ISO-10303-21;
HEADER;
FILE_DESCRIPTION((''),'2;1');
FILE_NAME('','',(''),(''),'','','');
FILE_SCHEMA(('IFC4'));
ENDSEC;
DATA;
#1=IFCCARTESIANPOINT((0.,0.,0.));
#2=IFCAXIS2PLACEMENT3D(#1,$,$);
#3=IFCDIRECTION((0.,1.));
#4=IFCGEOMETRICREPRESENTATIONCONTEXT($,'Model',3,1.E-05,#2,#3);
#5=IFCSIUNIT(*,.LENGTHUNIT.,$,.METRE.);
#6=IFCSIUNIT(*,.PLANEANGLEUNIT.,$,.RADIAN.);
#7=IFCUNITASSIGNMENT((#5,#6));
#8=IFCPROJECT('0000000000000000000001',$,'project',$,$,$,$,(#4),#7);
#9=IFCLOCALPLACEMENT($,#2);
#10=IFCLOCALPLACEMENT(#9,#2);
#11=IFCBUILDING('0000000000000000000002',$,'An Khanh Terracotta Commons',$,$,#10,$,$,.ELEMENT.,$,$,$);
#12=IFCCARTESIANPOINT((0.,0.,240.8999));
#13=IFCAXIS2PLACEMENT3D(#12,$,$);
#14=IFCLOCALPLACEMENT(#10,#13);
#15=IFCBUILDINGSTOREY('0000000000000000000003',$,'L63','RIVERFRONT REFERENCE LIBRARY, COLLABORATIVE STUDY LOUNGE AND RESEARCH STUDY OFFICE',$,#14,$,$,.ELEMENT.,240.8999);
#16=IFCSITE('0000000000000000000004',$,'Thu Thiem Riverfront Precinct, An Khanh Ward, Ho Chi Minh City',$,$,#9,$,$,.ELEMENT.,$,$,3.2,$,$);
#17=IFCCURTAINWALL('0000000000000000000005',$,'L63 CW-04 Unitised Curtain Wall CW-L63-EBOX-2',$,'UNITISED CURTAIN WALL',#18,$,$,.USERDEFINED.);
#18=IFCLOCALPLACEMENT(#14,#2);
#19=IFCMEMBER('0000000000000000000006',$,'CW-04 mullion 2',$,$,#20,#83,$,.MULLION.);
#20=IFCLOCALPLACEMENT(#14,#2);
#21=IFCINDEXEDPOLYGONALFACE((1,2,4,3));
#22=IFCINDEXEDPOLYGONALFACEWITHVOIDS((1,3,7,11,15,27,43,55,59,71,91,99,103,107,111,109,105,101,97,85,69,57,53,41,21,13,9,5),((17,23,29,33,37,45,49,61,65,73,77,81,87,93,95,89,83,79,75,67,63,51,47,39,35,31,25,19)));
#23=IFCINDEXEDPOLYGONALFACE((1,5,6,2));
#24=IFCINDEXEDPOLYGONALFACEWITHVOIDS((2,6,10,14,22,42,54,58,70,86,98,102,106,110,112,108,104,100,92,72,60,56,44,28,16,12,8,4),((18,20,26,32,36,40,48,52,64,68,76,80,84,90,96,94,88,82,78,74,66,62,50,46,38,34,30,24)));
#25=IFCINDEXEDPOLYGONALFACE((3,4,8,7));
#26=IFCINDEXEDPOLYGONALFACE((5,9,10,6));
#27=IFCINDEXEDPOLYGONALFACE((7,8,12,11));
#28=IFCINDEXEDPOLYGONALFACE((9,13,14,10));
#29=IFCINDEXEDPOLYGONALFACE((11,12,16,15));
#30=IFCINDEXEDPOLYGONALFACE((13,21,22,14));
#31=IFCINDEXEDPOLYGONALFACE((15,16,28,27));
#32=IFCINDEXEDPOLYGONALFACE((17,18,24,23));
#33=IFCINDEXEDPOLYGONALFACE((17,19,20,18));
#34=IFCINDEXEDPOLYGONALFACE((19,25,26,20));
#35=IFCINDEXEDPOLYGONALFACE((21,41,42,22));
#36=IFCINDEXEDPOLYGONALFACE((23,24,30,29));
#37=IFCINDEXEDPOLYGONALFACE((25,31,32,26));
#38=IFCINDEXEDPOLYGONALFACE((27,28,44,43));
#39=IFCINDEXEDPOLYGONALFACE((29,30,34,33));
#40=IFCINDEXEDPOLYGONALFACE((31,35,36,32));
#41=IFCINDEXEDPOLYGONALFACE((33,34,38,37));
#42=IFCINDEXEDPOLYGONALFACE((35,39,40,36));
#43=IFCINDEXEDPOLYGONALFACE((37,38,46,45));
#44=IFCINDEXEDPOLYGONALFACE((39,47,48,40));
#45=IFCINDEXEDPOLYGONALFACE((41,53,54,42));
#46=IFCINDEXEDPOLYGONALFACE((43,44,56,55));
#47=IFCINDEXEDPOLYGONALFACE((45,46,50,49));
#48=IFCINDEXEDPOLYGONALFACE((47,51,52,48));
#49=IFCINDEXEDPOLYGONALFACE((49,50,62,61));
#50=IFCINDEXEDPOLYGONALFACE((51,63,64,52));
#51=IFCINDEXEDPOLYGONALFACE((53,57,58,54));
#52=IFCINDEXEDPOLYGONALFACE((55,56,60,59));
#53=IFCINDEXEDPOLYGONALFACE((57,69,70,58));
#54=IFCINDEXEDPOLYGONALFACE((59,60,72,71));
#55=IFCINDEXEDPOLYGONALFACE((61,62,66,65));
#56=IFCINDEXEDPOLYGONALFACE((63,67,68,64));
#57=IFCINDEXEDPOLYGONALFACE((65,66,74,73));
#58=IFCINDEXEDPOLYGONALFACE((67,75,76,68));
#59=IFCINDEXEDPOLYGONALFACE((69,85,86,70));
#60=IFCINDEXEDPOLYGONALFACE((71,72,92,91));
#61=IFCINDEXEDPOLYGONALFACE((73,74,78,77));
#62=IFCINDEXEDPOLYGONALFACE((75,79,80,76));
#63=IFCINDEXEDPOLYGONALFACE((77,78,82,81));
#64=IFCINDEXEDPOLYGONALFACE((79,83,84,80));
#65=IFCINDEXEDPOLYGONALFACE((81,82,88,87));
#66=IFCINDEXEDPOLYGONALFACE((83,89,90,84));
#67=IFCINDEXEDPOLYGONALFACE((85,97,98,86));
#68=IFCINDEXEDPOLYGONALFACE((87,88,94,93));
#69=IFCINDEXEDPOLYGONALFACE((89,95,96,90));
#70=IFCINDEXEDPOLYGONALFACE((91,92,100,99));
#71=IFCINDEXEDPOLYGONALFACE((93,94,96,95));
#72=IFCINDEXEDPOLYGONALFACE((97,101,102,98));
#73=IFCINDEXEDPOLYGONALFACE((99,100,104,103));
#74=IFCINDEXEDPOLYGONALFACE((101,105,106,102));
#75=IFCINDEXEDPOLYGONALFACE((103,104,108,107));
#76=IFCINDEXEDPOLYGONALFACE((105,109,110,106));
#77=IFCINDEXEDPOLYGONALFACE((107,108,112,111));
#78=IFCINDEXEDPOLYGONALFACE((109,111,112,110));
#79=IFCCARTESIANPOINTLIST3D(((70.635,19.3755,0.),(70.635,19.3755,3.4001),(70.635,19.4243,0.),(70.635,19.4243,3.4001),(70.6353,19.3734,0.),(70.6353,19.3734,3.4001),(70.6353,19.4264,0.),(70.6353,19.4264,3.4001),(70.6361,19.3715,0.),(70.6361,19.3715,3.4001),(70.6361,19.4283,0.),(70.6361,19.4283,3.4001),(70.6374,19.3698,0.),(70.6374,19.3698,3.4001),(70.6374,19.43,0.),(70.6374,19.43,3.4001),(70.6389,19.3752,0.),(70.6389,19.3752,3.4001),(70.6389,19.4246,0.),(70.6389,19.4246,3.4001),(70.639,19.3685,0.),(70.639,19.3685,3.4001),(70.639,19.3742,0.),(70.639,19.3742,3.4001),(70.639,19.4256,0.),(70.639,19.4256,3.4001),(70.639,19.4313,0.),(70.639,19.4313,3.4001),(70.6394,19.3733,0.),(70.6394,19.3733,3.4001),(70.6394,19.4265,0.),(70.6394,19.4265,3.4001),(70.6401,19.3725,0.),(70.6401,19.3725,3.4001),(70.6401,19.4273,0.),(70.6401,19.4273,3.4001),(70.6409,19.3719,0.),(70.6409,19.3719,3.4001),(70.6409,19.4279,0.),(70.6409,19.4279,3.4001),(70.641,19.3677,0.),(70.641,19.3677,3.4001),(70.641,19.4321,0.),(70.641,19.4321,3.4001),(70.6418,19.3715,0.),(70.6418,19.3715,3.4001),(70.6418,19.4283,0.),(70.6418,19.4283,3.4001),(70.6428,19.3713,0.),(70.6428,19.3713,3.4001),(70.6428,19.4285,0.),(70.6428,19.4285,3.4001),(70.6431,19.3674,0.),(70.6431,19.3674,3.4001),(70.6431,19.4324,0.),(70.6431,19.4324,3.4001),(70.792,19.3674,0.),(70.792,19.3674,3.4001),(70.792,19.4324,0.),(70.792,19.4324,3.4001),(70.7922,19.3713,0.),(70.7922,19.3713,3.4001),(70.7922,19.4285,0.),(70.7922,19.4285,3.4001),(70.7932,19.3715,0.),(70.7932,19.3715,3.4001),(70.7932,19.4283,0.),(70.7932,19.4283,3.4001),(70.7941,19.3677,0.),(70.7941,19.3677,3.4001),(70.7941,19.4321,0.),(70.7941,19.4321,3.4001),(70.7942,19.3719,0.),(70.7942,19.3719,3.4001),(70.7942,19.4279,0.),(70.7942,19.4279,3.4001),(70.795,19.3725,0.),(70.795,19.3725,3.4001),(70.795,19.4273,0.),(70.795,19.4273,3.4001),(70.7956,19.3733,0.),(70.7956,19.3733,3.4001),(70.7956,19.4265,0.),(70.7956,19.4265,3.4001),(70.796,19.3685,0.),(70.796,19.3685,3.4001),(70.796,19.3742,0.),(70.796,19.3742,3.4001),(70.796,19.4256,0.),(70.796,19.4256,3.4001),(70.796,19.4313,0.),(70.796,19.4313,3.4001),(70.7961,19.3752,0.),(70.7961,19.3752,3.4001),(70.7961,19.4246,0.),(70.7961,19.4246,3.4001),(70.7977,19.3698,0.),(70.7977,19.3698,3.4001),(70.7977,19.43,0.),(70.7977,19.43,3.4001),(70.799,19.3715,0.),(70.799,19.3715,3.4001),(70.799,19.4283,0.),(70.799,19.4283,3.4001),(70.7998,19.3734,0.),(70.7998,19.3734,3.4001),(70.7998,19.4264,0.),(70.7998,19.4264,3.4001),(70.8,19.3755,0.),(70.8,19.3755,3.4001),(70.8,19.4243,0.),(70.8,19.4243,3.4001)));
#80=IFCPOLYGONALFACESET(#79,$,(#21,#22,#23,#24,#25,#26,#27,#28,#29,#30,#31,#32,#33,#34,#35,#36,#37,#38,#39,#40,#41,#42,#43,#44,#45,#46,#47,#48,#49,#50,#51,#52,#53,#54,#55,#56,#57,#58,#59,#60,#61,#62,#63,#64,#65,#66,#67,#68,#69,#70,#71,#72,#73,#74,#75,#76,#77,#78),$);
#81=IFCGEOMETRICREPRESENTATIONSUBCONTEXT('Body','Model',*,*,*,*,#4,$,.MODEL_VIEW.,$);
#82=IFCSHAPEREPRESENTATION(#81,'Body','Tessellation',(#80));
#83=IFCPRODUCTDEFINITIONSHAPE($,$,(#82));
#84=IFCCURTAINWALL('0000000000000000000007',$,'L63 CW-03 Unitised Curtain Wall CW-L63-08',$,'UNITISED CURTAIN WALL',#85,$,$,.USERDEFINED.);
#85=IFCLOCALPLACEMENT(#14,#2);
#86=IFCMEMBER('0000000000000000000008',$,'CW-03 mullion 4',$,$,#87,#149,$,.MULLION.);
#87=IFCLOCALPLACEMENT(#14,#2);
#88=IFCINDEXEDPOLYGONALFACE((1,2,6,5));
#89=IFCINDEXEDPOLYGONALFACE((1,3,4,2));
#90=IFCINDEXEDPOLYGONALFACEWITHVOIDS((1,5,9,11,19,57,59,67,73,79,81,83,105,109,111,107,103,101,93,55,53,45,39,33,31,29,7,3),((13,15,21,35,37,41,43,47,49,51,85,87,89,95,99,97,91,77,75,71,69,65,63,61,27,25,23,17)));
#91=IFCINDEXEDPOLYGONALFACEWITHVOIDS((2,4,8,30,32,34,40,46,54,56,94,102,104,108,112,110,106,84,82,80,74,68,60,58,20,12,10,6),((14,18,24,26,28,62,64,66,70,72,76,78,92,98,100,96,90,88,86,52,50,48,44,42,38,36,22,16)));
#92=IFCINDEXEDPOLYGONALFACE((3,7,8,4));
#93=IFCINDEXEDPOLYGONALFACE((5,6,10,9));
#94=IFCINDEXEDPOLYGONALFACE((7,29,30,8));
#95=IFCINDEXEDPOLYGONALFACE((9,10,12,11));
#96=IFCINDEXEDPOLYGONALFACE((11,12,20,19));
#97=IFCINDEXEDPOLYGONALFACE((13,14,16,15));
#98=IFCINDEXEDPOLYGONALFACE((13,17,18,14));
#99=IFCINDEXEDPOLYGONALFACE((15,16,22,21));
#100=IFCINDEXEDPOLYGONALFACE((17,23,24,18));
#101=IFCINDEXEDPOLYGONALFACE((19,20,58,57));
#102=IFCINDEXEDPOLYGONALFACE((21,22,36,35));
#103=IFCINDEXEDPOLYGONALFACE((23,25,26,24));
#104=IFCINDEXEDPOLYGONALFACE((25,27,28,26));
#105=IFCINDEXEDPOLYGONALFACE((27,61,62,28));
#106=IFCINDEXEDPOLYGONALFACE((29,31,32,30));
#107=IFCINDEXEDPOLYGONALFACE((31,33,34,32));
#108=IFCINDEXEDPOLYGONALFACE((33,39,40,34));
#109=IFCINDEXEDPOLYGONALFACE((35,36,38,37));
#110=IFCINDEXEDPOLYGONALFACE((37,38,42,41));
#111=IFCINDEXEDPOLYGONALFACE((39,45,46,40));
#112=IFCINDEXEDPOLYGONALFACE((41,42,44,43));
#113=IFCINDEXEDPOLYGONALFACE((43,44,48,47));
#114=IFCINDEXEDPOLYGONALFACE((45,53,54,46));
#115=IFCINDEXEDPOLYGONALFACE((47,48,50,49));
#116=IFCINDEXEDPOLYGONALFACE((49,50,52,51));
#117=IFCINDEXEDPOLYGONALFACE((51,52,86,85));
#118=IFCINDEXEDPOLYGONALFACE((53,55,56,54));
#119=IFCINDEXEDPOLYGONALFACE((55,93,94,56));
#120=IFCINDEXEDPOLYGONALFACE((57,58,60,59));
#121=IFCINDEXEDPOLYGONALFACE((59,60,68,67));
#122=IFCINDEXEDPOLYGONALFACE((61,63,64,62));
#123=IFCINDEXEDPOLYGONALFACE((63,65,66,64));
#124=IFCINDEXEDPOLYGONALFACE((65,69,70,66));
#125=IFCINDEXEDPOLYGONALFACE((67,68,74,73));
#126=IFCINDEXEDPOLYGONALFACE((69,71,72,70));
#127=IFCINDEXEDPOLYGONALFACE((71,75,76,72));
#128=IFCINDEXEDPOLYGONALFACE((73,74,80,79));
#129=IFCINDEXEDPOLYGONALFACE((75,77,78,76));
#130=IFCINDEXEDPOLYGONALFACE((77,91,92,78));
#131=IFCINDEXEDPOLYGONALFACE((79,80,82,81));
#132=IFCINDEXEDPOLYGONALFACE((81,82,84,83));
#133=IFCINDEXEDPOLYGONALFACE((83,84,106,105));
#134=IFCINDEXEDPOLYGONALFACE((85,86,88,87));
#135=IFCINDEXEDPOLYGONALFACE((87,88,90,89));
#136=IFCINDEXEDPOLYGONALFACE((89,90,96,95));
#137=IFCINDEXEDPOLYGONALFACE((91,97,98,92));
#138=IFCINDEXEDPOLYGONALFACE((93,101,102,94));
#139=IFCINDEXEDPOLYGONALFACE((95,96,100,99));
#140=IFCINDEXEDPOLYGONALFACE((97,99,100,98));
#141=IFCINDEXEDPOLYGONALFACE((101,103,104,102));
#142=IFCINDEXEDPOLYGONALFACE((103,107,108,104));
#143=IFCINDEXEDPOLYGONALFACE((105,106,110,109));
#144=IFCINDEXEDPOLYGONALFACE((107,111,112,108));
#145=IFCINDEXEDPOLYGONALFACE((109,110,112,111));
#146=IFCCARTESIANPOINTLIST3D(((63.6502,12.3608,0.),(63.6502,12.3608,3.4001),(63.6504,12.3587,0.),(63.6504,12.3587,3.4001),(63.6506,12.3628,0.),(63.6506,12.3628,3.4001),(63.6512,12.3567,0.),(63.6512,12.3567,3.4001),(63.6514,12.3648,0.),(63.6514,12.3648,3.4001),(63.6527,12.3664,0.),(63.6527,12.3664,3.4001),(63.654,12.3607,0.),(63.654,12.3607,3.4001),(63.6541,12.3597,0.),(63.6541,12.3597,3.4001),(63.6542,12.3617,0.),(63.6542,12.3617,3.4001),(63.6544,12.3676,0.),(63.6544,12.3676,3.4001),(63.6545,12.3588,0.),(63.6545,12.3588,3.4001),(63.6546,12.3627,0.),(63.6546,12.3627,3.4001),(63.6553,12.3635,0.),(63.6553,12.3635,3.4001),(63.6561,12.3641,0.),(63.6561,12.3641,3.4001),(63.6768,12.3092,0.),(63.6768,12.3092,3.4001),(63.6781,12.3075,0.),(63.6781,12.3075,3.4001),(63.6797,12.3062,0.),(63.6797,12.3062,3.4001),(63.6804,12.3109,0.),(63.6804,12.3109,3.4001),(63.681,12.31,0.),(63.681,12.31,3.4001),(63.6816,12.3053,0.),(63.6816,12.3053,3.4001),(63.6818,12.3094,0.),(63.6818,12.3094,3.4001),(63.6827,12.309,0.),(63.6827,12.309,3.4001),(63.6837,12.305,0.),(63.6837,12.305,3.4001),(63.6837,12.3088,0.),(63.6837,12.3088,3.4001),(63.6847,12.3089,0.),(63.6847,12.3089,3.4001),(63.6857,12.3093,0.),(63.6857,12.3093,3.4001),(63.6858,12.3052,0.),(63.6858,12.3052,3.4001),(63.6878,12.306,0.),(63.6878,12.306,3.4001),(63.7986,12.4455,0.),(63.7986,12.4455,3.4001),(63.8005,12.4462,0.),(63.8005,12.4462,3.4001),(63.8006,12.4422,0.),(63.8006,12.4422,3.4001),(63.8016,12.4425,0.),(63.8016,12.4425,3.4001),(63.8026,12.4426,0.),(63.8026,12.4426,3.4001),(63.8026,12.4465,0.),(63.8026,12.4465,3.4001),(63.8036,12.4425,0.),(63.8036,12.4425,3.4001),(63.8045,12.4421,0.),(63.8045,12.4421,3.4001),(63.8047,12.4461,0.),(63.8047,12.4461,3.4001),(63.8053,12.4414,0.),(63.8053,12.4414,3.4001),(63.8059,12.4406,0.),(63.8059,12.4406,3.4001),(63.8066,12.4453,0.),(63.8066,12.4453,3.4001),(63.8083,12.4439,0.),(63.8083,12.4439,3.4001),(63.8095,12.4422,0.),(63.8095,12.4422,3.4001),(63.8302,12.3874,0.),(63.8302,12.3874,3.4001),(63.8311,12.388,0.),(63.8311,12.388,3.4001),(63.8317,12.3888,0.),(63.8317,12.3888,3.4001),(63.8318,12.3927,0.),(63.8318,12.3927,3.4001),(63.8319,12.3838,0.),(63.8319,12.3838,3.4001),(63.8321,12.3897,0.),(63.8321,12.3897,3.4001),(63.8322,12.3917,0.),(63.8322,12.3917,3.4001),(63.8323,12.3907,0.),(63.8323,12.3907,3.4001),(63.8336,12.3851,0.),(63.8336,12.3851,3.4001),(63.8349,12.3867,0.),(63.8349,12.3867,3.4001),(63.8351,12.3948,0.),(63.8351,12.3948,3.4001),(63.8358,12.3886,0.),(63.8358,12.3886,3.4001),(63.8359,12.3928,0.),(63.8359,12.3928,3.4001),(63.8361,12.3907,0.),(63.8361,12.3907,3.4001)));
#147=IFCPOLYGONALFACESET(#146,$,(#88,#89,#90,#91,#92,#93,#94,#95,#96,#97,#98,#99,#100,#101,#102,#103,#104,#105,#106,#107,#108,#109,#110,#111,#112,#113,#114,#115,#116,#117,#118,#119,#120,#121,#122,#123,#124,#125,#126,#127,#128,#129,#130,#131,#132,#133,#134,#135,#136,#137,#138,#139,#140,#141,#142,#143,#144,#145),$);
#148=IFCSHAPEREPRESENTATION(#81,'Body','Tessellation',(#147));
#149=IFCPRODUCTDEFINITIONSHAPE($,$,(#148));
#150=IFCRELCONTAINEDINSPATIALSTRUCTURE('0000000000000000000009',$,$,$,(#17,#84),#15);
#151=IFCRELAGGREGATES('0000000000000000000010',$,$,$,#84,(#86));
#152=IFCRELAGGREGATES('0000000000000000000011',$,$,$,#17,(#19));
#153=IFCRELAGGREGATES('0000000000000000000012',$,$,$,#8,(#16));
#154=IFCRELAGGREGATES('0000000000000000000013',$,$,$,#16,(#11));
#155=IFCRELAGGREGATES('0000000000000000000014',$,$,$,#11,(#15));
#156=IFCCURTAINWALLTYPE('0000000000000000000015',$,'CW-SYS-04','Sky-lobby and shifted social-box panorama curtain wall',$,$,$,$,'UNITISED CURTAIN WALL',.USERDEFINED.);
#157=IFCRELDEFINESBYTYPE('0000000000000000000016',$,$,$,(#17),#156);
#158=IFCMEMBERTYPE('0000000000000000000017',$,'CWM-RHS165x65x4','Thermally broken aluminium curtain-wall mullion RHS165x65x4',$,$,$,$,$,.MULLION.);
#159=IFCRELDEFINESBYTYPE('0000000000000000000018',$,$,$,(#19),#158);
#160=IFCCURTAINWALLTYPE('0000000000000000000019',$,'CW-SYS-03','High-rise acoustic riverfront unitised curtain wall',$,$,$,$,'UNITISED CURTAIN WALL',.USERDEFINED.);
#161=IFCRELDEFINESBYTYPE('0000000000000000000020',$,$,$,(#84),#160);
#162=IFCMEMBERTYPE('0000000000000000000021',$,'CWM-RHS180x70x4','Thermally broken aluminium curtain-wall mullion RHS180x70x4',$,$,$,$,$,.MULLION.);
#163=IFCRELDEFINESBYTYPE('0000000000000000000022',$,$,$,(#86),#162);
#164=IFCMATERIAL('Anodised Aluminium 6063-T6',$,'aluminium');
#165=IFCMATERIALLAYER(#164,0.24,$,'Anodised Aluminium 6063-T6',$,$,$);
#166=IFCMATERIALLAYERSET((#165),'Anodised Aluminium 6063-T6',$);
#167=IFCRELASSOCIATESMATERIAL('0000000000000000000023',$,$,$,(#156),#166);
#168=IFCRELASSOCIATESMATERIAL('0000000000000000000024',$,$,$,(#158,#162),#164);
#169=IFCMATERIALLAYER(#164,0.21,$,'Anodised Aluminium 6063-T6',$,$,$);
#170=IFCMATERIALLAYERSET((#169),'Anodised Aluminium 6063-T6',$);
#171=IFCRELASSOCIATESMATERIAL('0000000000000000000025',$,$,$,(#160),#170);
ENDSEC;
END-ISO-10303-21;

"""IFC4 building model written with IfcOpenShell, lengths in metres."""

from ifc_helpers import new_model, si_unit, direction, frame, origin, origin_2d, place, context, subcontext, project, spatial, hollow_rectangle, extrude, material, layer, layer_set, material_profile, profile_set, type_object, element, aggregate, save


model = new_model("IFC4")

# Units and contexts
model_context = context("Model", 3, precision=1e-05, world=origin(), true_north=direction((0.0, 1.0)))
body_context = subcontext(model_context, "Body", "Model", "MODEL_VIEW")
ifc_project = project(units=[si_unit("LENGTHUNIT", "METRE"), si_unit("PLANEANGLEUNIT", "RADIAN")], contexts=[model_context])

# Site, building, storey
site_placement = place(None, origin())
site = spatial("IfcSite", under=ifc_project, at=site_placement, Name="Thu Thiem Riverfront Precinct, An Khanh Ward, Ho Chi Minh City", CompositionType="ELEMENT", RefElevation=3.2)
building_placement = place(site_placement, origin())
building = spatial("IfcBuilding", under=site, at=building_placement, Name="An Khanh Terracotta Commons", CompositionType="ELEMENT")
storey_placement = place(building_placement, frame((0.0, 0.0, 240.8999)))
storey = spatial("IfcBuildingStorey", under=building, at=storey_placement, Name="L63", Description="RIVERFRONT REFERENCE LIBRARY, COLLABORATIVE STUDY LOUNGE AND RESEARCH STUDY OFFICE", CompositionType="ELEMENT", Elevation=240.8999)

# Shared definitions
ifc_material_1 = material(Name="Anodised Aluminium 6063-T6", Category="aluminium")
ifc_layer_1 = layer(ifc_material_1, 0.24, Name="Anodised Aluminium 6063-T6")
ifc_layer_set_1 = layer_set([ifc_layer_1], Name="Anodised Aluminium 6063-T6")
curtain_wall_type_1 = type_object("IfcCurtainWallType", Name="CW-SYS-04", Description="Sky-lobby and shifted social-box panorama curtain wall", ElementType="UNITISED CURTAIN WALL", PredefinedType="USERDEFINED", material=ifc_layer_set_1)
ifc_material_profile_1 = material_profile(ifc_material_1, hollow_rectangle(XDim=0.0649, YDim=0.165, WallThickness=0.0039, InnerFilletRadius=0.0039, OuterFilletRadius=0.0081, at=origin_2d()), Name="RHS165x65x4")
ifc_profile_set_1 = profile_set([ifc_material_profile_1], Name="Anodised Aluminium 6063-T6")
member_type_1 = type_object("IfcMemberType", Name="CWM-RHS165x65x4", Description="Thermally broken aluminium curtain-wall mullion RHS165x65x4", PredefinedType="MULLION", material=ifc_profile_set_1)

# Curtain walls, members
curtain_wall_1_placement = place(storey_placement, origin())
curtain_wall_1 = element("IfcCurtainWall", 1, at=curtain_wall_1_placement, inside=storey, type_object=curtain_wall_type_1, Name="L63 CW-04 Unitised Curtain Wall CW-L63-EBOX-2", ObjectType="UNITISED CURTAIN WALL", PredefinedType="USERDEFINED")
member_1_placement = place(storey_placement, frame((70.7175, 19.3999, 0.0), z_axis=(0.0, 0.0, 1.0), x_axis=(0.0, 1.0, 0.0)))
member_1 = element("IfcMember", 2, at=member_1_placement, type_object=member_type_1, Name="CW-04 mullion 2", PredefinedType="MULLION", context=body_context, shape_type="SweptSolid", body=[
    extrude(hollow_rectangle(XDim=0.0649, YDim=0.165, WallThickness=0.0039, InnerFilletRadius=0.0039, OuterFilletRadius=0.0081, at=origin_2d()), origin(), (0.0, 0.0, 1.0), 3.4001),
])
ifc_layer_2 = layer(ifc_material_1, 0.21, Name="Anodised Aluminium 6063-T6")
ifc_layer_set_2 = layer_set([ifc_layer_2], Name="Anodised Aluminium 6063-T6")
curtain_wall_type_2 = type_object("IfcCurtainWallType", Name="CW-SYS-03", Description="High-rise acoustic riverfront unitised curtain wall", ElementType="UNITISED CURTAIN WALL", PredefinedType="USERDEFINED", material=ifc_layer_set_2)
curtain_wall_2_placement = place(storey_placement, origin())
curtain_wall_2 = element("IfcCurtainWall", 3, at=curtain_wall_2_placement, inside=storey, type_object=curtain_wall_type_2, Name="L63 CW-03 Unitised Curtain Wall CW-L63-08", ObjectType="UNITISED CURTAIN WALL", PredefinedType="USERDEFINED")
ifc_material_profile_2 = material_profile(ifc_material_1, hollow_rectangle(XDim=0.0701, YDim=0.1799, WallThickness=0.0039, InnerFilletRadius=0.0039, OuterFilletRadius=0.0081, at=origin_2d()), Name="RHS180x70x4")
ifc_profile_set_2 = profile_set([ifc_material_profile_2], Name="Anodised Aluminium 6063-T6")
member_type_2 = type_object("IfcMemberType", Name="CWM-RHS180x70x4", Description="Thermally broken aluminium curtain-wall mullion RHS180x70x4", PredefinedType="MULLION", material=ifc_profile_set_2)
member_2_placement = place(storey_placement, frame((63.7432, 12.3757, 0.0), z_axis=(0.0, 0.0, 1.0), x_axis=(-0.475381, 0.87978, 0.0)))
member_2 = element("IfcMember", 4, at=member_2_placement, type_object=member_type_2, Name="CW-03 mullion 4", PredefinedType="MULLION", context=body_context, shape_type="SweptSolid", body=[
    extrude(hollow_rectangle(XDim=0.0701, YDim=0.1799, WallThickness=0.0039, InnerFilletRadius=0.0039, OuterFilletRadius=0.0081, at=origin_2d()), origin(), (0.0, 0.0, 1.0), 3.4001),
])

aggregate(curtain_wall_2, [member_2])
aggregate(curtain_wall_1, [member_1])

save(model, "model.ifc")
